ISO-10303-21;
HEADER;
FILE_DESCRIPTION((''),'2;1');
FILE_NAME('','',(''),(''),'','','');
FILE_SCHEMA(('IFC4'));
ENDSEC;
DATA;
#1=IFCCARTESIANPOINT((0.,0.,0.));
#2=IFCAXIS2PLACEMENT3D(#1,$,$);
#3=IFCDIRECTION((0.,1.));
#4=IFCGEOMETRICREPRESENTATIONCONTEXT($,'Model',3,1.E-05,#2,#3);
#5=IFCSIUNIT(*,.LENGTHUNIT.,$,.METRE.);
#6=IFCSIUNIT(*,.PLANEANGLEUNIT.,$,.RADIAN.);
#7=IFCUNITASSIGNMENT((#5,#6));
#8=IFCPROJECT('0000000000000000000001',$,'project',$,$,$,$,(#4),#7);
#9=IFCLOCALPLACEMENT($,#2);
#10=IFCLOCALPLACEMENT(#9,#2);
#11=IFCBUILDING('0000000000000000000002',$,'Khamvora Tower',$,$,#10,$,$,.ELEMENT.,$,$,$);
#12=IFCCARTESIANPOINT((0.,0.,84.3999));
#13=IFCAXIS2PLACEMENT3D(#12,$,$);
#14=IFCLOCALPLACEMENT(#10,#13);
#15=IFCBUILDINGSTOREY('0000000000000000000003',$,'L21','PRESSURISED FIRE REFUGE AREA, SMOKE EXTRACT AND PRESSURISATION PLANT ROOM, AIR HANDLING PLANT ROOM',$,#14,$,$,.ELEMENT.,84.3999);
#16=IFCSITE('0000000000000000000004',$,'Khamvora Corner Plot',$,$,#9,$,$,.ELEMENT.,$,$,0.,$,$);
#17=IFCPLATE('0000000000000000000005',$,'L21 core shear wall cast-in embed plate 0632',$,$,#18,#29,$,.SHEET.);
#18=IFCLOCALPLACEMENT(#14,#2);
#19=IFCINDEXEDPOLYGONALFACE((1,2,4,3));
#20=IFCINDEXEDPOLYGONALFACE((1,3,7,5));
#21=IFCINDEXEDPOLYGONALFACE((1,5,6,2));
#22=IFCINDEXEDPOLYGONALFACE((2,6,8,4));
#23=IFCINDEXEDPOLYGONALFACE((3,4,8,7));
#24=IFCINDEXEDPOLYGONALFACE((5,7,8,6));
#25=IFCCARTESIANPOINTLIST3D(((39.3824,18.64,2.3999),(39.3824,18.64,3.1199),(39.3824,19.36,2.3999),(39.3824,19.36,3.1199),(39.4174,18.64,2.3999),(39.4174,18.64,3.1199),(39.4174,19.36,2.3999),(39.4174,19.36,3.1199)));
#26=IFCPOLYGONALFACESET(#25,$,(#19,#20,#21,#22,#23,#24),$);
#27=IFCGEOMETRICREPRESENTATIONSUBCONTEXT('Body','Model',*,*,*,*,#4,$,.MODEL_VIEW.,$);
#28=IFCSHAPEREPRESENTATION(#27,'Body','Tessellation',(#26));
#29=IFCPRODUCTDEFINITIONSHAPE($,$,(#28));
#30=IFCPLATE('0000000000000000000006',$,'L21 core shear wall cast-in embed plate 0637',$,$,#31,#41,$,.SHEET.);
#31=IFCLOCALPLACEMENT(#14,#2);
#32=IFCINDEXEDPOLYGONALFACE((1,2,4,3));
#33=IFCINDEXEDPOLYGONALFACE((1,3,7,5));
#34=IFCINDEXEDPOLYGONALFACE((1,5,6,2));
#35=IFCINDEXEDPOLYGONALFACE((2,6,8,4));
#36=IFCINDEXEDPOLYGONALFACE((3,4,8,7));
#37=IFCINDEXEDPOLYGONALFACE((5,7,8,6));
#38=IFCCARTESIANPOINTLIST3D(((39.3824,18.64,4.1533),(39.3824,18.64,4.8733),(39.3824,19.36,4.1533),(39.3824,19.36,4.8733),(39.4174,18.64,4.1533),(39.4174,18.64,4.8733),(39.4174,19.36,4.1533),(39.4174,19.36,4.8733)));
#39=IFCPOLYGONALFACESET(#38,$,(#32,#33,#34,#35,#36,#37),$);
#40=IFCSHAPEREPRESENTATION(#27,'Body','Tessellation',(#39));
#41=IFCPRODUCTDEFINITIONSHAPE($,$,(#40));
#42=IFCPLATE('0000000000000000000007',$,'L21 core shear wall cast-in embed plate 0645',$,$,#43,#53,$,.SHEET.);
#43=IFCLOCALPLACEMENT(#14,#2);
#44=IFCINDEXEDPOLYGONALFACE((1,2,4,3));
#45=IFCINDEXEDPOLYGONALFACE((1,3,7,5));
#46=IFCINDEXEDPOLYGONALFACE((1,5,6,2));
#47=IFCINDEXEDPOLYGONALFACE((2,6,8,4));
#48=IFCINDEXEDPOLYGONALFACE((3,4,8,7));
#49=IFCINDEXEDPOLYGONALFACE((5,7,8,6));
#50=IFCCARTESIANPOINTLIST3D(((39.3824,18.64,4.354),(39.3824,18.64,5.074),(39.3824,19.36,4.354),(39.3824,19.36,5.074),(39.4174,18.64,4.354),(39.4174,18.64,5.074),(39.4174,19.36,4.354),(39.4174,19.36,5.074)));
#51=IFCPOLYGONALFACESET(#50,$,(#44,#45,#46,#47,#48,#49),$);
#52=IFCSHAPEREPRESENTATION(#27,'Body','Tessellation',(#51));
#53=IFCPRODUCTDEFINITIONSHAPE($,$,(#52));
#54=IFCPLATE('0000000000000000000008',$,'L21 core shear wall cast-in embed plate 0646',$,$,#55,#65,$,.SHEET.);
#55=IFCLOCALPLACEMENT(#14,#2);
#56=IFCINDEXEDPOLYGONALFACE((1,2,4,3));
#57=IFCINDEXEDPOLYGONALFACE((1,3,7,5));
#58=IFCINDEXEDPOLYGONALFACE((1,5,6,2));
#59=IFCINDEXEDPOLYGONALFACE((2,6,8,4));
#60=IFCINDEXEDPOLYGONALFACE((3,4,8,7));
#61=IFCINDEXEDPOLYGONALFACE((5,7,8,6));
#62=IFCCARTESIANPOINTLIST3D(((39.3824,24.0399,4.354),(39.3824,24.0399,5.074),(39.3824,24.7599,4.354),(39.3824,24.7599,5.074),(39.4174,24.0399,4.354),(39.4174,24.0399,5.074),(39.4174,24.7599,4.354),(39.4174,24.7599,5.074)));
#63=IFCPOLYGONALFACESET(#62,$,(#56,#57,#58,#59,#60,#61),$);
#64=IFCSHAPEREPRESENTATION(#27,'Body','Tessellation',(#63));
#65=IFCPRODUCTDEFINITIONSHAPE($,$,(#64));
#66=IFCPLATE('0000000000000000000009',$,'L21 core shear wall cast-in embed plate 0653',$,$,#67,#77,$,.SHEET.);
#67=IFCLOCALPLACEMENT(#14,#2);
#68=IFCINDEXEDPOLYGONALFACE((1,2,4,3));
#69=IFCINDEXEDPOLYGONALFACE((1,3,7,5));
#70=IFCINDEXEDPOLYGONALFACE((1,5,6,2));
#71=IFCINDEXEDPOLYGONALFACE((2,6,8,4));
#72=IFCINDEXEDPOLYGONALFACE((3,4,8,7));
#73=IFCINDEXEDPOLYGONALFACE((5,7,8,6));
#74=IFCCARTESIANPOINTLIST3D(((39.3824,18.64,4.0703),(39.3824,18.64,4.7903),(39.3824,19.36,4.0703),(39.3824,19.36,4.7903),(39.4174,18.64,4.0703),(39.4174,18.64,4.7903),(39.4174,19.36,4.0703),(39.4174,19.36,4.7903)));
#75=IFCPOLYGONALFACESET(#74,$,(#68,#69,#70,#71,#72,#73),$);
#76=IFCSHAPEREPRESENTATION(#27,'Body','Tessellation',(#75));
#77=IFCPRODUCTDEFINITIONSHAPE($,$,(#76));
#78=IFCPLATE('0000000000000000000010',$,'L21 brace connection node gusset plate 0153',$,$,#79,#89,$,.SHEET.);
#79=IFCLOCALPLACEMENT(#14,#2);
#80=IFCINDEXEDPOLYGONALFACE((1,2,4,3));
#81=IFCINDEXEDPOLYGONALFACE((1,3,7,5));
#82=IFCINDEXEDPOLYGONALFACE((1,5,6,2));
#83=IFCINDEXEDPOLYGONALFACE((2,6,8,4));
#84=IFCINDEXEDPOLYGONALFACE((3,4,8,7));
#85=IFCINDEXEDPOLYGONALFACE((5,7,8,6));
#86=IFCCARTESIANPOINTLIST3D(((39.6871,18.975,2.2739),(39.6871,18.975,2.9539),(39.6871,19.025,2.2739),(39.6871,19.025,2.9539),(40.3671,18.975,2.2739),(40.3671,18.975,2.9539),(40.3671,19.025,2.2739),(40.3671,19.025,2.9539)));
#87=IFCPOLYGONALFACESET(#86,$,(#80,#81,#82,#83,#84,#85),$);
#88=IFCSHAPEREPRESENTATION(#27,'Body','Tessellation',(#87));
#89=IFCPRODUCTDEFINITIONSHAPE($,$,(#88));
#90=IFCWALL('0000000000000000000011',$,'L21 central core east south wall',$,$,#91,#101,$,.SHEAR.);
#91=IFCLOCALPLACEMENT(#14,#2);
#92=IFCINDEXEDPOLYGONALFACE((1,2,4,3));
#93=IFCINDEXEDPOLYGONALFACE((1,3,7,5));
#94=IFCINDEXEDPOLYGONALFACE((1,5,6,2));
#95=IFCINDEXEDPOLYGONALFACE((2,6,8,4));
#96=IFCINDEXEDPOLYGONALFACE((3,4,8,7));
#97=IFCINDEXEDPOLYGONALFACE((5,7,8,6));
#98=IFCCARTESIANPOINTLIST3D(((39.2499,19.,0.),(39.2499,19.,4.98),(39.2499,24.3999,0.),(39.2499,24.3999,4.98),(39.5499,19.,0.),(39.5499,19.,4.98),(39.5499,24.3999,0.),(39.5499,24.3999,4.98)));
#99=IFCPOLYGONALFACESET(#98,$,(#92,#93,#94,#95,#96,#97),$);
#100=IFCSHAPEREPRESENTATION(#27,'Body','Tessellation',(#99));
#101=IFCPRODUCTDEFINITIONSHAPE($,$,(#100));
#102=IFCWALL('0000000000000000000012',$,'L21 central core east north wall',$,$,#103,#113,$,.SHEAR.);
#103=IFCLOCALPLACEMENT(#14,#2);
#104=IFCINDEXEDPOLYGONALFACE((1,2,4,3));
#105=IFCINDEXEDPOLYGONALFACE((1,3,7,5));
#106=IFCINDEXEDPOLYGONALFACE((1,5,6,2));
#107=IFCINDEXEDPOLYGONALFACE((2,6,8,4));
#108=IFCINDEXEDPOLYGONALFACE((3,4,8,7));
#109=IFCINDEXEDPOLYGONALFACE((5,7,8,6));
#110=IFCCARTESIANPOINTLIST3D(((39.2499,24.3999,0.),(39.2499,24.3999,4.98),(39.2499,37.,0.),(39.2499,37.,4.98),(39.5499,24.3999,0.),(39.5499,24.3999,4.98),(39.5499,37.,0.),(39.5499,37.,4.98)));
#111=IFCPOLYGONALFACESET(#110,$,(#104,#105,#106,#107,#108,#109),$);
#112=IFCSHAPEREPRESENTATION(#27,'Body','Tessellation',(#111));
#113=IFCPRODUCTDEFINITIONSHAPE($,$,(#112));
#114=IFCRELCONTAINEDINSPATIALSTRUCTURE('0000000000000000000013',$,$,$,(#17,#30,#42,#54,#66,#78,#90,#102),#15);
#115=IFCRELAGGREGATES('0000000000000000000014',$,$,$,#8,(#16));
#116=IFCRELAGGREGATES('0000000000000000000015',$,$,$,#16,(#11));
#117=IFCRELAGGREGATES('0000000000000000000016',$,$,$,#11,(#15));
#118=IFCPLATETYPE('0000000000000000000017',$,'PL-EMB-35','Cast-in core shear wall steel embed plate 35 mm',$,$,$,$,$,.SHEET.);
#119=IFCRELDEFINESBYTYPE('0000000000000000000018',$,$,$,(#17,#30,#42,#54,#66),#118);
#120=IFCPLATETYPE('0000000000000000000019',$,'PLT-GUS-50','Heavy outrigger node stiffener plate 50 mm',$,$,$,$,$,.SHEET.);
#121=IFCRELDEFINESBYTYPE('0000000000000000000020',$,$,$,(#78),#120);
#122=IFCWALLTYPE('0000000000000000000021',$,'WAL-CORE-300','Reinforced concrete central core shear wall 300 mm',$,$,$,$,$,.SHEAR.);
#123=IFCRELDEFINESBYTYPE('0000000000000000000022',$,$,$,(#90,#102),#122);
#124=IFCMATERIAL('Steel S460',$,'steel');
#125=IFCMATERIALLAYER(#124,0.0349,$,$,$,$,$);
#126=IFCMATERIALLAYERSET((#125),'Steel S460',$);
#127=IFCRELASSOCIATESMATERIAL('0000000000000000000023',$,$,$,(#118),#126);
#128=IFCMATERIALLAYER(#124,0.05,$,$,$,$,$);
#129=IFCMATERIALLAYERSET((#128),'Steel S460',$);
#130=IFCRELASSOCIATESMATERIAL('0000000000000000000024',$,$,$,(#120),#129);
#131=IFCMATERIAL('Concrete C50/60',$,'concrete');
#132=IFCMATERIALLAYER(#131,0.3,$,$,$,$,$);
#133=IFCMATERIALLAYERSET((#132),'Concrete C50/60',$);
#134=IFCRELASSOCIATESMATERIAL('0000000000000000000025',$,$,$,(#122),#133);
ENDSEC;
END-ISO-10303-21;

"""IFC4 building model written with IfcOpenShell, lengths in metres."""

from ifc_helpers import new_model, si_unit, direction, frame, frame_2d, origin, origin_2d, place, context, subcontext, project, spatial, rectangle, extrude, material, layer, layer_set, type_object, element, save


model = new_model("IFC4")

# Units and contexts
model_context = context("Model", 3, precision=1e-05, world=origin(), true_north=direction((0.0, 1.0)))
body_context = subcontext(model_context, "Body", "Model", "MODEL_VIEW")
ifc_project = project(units=[si_unit("LENGTHUNIT", "METRE"), si_unit("PLANEANGLEUNIT", "RADIAN")], contexts=[model_context])

# Site, building, storey
site_placement = place(None, origin())
site = spatial("IfcSite", under=ifc_project, at=site_placement, Name="Khamvora Corner Plot", CompositionType="ELEMENT", RefElevation=0.0)
building_placement = place(site_placement, origin())
building = spatial("IfcBuilding", under=site, at=building_placement, Name="Khamvora Tower", CompositionType="ELEMENT")
storey_placement = place(building_placement, frame((0.0, 0.0, 84.3999)))
storey = spatial("IfcBuildingStorey", under=building, at=storey_placement, Name="L21", Description="PRESSURISED FIRE REFUGE AREA, SMOKE EXTRACT AND PRESSURISATION PLANT ROOM, AIR HANDLING PLANT ROOM", CompositionType="ELEMENT", Elevation=84.3999)

# Shared definitions
ifc_material_1 = material(Name="Steel S460", Category="steel")

# Plates
ifc_layer_1 = layer(ifc_material_1, 0.0349)
ifc_layer_set_1 = layer_set([ifc_layer_1], Name="Steel S460")
plate_type_1 = type_object("IfcPlateType", Name="PL-EMB-35", Description="Cast-in core shear wall steel embed plate 35 mm", PredefinedType="SHEET", material=ifc_layer_set_1)
for number, where, z_axis, x_axis, name in (
    (1, (39.3999, 19.0, 2.3999), (0.0, 0.0, 1.0), (1.0, 0.0, 0.0), "L21 core shear wall cast-in embed plate 0632"),
    (2, (39.3999, 19.0, 4.1533), (0.0, 0.0, 1.0), (1.0, 0.0, 0.0), "L21 core shear wall cast-in embed plate 0637"),
    (3, (39.3999, 19.0, 4.354), (0.0, 0.0, 1.0), (1.0, 0.0, 0.0), "L21 core shear wall cast-in embed plate 0645"),
    (4, (39.3999, 24.3999, 4.354), (0.0, 0.0, 1.0), (1.0, 0.0, 0.0), "L21 core shear wall cast-in embed plate 0646"),
    (5, (39.3999, 19.0, 4.0703), (0.0, 0.0, 1.0), (1.0, 0.0, 0.0), "L21 core shear wall cast-in embed plate 0653"),
):
    element("IfcPlate", number, at=place(storey_placement, frame(where, z_axis=z_axis, x_axis=x_axis)), inside=storey, type_object=plate_type_1, Name=name, PredefinedType="SHEET", context=body_context, shape_type="SweptSolid", body=[
        extrude(rectangle(XDim=0.0349, YDim=0.72, at=origin_2d()), origin(), (0.0, 0.0, 1.0), 0.72),
    ])
ifc_layer_2 = layer(ifc_material_1, 0.05)
ifc_layer_set_2 = layer_set([ifc_layer_2], Name="Steel S460")
plate_type_2 = type_object("IfcPlateType", Name="PLT-GUS-50", Description="Heavy outrigger node stiffener plate 50 mm", PredefinedType="SHEET", material=ifc_layer_set_2)
plate_1_placement = place(storey_placement, frame((40.0271, 19.0, 2.2739), z_axis=(0.0, 0.0, 1.0), x_axis=(1.0, 0.0, 0.0)))
element("IfcPlate", 6, at=plate_1_placement, inside=storey, type_object=plate_type_2, Name="L21 brace connection node gusset plate 0153", PredefinedType="SHEET", context=body_context, shape_type="SweptSolid", body=[
    extrude(rectangle(XDim=0.6799, YDim=0.05, at=origin_2d()), origin(), (0.0, 0.0, 1.0), 0.6799),
])

# Walls
ifc_material_2 = material(Name="Concrete C50/60", Category="concrete")
ifc_layer_3 = layer(ifc_material_2, 0.3)
ifc_layer_set_3 = layer_set([ifc_layer_3], Name="Concrete C50/60")
wall_type = type_object("IfcWallType", Name="WAL-CORE-300", Description="Reinforced concrete central core shear wall 300 mm", PredefinedType="SHEAR", material=ifc_layer_set_3)
wall_1_placement = place(storey_placement, frame((39.3999, 19.0, 0.0), z_axis=(0.0, 0.0, 1.0), x_axis=(0.0, 1.0, 0.0)))
element("IfcWall", 7, at=wall_1_placement, inside=storey, type_object=wall_type, Name="L21 central core east south wall", PredefinedType="SHEAR", context=body_context, shape_type="SweptSolid", body=[
    extrude(rectangle(XDim=5.3999, YDim=0.3, at=frame_2d((2.7, 0.0))), origin(), (0.0, 0.0, 1.0), 4.98),
])
wall_2_placement = place(storey_placement, frame((39.3999, 24.3999, 0.0), z_axis=(0.0, 0.0, 1.0), x_axis=(0.0, 1.0, 0.0)))
element("IfcWall", 8, at=wall_2_placement, inside=storey, type_object=wall_type, Name="L21 central core east north wall", PredefinedType="SHEAR", context=body_context, shape_type="SweptSolid", body=[
    extrude(rectangle(XDim=12.6001, YDim=0.3, at=frame_2d((6.3, 0.0))), origin(), (0.0, 0.0, 1.0), 4.98),
])

save(model, "model.ifc")
